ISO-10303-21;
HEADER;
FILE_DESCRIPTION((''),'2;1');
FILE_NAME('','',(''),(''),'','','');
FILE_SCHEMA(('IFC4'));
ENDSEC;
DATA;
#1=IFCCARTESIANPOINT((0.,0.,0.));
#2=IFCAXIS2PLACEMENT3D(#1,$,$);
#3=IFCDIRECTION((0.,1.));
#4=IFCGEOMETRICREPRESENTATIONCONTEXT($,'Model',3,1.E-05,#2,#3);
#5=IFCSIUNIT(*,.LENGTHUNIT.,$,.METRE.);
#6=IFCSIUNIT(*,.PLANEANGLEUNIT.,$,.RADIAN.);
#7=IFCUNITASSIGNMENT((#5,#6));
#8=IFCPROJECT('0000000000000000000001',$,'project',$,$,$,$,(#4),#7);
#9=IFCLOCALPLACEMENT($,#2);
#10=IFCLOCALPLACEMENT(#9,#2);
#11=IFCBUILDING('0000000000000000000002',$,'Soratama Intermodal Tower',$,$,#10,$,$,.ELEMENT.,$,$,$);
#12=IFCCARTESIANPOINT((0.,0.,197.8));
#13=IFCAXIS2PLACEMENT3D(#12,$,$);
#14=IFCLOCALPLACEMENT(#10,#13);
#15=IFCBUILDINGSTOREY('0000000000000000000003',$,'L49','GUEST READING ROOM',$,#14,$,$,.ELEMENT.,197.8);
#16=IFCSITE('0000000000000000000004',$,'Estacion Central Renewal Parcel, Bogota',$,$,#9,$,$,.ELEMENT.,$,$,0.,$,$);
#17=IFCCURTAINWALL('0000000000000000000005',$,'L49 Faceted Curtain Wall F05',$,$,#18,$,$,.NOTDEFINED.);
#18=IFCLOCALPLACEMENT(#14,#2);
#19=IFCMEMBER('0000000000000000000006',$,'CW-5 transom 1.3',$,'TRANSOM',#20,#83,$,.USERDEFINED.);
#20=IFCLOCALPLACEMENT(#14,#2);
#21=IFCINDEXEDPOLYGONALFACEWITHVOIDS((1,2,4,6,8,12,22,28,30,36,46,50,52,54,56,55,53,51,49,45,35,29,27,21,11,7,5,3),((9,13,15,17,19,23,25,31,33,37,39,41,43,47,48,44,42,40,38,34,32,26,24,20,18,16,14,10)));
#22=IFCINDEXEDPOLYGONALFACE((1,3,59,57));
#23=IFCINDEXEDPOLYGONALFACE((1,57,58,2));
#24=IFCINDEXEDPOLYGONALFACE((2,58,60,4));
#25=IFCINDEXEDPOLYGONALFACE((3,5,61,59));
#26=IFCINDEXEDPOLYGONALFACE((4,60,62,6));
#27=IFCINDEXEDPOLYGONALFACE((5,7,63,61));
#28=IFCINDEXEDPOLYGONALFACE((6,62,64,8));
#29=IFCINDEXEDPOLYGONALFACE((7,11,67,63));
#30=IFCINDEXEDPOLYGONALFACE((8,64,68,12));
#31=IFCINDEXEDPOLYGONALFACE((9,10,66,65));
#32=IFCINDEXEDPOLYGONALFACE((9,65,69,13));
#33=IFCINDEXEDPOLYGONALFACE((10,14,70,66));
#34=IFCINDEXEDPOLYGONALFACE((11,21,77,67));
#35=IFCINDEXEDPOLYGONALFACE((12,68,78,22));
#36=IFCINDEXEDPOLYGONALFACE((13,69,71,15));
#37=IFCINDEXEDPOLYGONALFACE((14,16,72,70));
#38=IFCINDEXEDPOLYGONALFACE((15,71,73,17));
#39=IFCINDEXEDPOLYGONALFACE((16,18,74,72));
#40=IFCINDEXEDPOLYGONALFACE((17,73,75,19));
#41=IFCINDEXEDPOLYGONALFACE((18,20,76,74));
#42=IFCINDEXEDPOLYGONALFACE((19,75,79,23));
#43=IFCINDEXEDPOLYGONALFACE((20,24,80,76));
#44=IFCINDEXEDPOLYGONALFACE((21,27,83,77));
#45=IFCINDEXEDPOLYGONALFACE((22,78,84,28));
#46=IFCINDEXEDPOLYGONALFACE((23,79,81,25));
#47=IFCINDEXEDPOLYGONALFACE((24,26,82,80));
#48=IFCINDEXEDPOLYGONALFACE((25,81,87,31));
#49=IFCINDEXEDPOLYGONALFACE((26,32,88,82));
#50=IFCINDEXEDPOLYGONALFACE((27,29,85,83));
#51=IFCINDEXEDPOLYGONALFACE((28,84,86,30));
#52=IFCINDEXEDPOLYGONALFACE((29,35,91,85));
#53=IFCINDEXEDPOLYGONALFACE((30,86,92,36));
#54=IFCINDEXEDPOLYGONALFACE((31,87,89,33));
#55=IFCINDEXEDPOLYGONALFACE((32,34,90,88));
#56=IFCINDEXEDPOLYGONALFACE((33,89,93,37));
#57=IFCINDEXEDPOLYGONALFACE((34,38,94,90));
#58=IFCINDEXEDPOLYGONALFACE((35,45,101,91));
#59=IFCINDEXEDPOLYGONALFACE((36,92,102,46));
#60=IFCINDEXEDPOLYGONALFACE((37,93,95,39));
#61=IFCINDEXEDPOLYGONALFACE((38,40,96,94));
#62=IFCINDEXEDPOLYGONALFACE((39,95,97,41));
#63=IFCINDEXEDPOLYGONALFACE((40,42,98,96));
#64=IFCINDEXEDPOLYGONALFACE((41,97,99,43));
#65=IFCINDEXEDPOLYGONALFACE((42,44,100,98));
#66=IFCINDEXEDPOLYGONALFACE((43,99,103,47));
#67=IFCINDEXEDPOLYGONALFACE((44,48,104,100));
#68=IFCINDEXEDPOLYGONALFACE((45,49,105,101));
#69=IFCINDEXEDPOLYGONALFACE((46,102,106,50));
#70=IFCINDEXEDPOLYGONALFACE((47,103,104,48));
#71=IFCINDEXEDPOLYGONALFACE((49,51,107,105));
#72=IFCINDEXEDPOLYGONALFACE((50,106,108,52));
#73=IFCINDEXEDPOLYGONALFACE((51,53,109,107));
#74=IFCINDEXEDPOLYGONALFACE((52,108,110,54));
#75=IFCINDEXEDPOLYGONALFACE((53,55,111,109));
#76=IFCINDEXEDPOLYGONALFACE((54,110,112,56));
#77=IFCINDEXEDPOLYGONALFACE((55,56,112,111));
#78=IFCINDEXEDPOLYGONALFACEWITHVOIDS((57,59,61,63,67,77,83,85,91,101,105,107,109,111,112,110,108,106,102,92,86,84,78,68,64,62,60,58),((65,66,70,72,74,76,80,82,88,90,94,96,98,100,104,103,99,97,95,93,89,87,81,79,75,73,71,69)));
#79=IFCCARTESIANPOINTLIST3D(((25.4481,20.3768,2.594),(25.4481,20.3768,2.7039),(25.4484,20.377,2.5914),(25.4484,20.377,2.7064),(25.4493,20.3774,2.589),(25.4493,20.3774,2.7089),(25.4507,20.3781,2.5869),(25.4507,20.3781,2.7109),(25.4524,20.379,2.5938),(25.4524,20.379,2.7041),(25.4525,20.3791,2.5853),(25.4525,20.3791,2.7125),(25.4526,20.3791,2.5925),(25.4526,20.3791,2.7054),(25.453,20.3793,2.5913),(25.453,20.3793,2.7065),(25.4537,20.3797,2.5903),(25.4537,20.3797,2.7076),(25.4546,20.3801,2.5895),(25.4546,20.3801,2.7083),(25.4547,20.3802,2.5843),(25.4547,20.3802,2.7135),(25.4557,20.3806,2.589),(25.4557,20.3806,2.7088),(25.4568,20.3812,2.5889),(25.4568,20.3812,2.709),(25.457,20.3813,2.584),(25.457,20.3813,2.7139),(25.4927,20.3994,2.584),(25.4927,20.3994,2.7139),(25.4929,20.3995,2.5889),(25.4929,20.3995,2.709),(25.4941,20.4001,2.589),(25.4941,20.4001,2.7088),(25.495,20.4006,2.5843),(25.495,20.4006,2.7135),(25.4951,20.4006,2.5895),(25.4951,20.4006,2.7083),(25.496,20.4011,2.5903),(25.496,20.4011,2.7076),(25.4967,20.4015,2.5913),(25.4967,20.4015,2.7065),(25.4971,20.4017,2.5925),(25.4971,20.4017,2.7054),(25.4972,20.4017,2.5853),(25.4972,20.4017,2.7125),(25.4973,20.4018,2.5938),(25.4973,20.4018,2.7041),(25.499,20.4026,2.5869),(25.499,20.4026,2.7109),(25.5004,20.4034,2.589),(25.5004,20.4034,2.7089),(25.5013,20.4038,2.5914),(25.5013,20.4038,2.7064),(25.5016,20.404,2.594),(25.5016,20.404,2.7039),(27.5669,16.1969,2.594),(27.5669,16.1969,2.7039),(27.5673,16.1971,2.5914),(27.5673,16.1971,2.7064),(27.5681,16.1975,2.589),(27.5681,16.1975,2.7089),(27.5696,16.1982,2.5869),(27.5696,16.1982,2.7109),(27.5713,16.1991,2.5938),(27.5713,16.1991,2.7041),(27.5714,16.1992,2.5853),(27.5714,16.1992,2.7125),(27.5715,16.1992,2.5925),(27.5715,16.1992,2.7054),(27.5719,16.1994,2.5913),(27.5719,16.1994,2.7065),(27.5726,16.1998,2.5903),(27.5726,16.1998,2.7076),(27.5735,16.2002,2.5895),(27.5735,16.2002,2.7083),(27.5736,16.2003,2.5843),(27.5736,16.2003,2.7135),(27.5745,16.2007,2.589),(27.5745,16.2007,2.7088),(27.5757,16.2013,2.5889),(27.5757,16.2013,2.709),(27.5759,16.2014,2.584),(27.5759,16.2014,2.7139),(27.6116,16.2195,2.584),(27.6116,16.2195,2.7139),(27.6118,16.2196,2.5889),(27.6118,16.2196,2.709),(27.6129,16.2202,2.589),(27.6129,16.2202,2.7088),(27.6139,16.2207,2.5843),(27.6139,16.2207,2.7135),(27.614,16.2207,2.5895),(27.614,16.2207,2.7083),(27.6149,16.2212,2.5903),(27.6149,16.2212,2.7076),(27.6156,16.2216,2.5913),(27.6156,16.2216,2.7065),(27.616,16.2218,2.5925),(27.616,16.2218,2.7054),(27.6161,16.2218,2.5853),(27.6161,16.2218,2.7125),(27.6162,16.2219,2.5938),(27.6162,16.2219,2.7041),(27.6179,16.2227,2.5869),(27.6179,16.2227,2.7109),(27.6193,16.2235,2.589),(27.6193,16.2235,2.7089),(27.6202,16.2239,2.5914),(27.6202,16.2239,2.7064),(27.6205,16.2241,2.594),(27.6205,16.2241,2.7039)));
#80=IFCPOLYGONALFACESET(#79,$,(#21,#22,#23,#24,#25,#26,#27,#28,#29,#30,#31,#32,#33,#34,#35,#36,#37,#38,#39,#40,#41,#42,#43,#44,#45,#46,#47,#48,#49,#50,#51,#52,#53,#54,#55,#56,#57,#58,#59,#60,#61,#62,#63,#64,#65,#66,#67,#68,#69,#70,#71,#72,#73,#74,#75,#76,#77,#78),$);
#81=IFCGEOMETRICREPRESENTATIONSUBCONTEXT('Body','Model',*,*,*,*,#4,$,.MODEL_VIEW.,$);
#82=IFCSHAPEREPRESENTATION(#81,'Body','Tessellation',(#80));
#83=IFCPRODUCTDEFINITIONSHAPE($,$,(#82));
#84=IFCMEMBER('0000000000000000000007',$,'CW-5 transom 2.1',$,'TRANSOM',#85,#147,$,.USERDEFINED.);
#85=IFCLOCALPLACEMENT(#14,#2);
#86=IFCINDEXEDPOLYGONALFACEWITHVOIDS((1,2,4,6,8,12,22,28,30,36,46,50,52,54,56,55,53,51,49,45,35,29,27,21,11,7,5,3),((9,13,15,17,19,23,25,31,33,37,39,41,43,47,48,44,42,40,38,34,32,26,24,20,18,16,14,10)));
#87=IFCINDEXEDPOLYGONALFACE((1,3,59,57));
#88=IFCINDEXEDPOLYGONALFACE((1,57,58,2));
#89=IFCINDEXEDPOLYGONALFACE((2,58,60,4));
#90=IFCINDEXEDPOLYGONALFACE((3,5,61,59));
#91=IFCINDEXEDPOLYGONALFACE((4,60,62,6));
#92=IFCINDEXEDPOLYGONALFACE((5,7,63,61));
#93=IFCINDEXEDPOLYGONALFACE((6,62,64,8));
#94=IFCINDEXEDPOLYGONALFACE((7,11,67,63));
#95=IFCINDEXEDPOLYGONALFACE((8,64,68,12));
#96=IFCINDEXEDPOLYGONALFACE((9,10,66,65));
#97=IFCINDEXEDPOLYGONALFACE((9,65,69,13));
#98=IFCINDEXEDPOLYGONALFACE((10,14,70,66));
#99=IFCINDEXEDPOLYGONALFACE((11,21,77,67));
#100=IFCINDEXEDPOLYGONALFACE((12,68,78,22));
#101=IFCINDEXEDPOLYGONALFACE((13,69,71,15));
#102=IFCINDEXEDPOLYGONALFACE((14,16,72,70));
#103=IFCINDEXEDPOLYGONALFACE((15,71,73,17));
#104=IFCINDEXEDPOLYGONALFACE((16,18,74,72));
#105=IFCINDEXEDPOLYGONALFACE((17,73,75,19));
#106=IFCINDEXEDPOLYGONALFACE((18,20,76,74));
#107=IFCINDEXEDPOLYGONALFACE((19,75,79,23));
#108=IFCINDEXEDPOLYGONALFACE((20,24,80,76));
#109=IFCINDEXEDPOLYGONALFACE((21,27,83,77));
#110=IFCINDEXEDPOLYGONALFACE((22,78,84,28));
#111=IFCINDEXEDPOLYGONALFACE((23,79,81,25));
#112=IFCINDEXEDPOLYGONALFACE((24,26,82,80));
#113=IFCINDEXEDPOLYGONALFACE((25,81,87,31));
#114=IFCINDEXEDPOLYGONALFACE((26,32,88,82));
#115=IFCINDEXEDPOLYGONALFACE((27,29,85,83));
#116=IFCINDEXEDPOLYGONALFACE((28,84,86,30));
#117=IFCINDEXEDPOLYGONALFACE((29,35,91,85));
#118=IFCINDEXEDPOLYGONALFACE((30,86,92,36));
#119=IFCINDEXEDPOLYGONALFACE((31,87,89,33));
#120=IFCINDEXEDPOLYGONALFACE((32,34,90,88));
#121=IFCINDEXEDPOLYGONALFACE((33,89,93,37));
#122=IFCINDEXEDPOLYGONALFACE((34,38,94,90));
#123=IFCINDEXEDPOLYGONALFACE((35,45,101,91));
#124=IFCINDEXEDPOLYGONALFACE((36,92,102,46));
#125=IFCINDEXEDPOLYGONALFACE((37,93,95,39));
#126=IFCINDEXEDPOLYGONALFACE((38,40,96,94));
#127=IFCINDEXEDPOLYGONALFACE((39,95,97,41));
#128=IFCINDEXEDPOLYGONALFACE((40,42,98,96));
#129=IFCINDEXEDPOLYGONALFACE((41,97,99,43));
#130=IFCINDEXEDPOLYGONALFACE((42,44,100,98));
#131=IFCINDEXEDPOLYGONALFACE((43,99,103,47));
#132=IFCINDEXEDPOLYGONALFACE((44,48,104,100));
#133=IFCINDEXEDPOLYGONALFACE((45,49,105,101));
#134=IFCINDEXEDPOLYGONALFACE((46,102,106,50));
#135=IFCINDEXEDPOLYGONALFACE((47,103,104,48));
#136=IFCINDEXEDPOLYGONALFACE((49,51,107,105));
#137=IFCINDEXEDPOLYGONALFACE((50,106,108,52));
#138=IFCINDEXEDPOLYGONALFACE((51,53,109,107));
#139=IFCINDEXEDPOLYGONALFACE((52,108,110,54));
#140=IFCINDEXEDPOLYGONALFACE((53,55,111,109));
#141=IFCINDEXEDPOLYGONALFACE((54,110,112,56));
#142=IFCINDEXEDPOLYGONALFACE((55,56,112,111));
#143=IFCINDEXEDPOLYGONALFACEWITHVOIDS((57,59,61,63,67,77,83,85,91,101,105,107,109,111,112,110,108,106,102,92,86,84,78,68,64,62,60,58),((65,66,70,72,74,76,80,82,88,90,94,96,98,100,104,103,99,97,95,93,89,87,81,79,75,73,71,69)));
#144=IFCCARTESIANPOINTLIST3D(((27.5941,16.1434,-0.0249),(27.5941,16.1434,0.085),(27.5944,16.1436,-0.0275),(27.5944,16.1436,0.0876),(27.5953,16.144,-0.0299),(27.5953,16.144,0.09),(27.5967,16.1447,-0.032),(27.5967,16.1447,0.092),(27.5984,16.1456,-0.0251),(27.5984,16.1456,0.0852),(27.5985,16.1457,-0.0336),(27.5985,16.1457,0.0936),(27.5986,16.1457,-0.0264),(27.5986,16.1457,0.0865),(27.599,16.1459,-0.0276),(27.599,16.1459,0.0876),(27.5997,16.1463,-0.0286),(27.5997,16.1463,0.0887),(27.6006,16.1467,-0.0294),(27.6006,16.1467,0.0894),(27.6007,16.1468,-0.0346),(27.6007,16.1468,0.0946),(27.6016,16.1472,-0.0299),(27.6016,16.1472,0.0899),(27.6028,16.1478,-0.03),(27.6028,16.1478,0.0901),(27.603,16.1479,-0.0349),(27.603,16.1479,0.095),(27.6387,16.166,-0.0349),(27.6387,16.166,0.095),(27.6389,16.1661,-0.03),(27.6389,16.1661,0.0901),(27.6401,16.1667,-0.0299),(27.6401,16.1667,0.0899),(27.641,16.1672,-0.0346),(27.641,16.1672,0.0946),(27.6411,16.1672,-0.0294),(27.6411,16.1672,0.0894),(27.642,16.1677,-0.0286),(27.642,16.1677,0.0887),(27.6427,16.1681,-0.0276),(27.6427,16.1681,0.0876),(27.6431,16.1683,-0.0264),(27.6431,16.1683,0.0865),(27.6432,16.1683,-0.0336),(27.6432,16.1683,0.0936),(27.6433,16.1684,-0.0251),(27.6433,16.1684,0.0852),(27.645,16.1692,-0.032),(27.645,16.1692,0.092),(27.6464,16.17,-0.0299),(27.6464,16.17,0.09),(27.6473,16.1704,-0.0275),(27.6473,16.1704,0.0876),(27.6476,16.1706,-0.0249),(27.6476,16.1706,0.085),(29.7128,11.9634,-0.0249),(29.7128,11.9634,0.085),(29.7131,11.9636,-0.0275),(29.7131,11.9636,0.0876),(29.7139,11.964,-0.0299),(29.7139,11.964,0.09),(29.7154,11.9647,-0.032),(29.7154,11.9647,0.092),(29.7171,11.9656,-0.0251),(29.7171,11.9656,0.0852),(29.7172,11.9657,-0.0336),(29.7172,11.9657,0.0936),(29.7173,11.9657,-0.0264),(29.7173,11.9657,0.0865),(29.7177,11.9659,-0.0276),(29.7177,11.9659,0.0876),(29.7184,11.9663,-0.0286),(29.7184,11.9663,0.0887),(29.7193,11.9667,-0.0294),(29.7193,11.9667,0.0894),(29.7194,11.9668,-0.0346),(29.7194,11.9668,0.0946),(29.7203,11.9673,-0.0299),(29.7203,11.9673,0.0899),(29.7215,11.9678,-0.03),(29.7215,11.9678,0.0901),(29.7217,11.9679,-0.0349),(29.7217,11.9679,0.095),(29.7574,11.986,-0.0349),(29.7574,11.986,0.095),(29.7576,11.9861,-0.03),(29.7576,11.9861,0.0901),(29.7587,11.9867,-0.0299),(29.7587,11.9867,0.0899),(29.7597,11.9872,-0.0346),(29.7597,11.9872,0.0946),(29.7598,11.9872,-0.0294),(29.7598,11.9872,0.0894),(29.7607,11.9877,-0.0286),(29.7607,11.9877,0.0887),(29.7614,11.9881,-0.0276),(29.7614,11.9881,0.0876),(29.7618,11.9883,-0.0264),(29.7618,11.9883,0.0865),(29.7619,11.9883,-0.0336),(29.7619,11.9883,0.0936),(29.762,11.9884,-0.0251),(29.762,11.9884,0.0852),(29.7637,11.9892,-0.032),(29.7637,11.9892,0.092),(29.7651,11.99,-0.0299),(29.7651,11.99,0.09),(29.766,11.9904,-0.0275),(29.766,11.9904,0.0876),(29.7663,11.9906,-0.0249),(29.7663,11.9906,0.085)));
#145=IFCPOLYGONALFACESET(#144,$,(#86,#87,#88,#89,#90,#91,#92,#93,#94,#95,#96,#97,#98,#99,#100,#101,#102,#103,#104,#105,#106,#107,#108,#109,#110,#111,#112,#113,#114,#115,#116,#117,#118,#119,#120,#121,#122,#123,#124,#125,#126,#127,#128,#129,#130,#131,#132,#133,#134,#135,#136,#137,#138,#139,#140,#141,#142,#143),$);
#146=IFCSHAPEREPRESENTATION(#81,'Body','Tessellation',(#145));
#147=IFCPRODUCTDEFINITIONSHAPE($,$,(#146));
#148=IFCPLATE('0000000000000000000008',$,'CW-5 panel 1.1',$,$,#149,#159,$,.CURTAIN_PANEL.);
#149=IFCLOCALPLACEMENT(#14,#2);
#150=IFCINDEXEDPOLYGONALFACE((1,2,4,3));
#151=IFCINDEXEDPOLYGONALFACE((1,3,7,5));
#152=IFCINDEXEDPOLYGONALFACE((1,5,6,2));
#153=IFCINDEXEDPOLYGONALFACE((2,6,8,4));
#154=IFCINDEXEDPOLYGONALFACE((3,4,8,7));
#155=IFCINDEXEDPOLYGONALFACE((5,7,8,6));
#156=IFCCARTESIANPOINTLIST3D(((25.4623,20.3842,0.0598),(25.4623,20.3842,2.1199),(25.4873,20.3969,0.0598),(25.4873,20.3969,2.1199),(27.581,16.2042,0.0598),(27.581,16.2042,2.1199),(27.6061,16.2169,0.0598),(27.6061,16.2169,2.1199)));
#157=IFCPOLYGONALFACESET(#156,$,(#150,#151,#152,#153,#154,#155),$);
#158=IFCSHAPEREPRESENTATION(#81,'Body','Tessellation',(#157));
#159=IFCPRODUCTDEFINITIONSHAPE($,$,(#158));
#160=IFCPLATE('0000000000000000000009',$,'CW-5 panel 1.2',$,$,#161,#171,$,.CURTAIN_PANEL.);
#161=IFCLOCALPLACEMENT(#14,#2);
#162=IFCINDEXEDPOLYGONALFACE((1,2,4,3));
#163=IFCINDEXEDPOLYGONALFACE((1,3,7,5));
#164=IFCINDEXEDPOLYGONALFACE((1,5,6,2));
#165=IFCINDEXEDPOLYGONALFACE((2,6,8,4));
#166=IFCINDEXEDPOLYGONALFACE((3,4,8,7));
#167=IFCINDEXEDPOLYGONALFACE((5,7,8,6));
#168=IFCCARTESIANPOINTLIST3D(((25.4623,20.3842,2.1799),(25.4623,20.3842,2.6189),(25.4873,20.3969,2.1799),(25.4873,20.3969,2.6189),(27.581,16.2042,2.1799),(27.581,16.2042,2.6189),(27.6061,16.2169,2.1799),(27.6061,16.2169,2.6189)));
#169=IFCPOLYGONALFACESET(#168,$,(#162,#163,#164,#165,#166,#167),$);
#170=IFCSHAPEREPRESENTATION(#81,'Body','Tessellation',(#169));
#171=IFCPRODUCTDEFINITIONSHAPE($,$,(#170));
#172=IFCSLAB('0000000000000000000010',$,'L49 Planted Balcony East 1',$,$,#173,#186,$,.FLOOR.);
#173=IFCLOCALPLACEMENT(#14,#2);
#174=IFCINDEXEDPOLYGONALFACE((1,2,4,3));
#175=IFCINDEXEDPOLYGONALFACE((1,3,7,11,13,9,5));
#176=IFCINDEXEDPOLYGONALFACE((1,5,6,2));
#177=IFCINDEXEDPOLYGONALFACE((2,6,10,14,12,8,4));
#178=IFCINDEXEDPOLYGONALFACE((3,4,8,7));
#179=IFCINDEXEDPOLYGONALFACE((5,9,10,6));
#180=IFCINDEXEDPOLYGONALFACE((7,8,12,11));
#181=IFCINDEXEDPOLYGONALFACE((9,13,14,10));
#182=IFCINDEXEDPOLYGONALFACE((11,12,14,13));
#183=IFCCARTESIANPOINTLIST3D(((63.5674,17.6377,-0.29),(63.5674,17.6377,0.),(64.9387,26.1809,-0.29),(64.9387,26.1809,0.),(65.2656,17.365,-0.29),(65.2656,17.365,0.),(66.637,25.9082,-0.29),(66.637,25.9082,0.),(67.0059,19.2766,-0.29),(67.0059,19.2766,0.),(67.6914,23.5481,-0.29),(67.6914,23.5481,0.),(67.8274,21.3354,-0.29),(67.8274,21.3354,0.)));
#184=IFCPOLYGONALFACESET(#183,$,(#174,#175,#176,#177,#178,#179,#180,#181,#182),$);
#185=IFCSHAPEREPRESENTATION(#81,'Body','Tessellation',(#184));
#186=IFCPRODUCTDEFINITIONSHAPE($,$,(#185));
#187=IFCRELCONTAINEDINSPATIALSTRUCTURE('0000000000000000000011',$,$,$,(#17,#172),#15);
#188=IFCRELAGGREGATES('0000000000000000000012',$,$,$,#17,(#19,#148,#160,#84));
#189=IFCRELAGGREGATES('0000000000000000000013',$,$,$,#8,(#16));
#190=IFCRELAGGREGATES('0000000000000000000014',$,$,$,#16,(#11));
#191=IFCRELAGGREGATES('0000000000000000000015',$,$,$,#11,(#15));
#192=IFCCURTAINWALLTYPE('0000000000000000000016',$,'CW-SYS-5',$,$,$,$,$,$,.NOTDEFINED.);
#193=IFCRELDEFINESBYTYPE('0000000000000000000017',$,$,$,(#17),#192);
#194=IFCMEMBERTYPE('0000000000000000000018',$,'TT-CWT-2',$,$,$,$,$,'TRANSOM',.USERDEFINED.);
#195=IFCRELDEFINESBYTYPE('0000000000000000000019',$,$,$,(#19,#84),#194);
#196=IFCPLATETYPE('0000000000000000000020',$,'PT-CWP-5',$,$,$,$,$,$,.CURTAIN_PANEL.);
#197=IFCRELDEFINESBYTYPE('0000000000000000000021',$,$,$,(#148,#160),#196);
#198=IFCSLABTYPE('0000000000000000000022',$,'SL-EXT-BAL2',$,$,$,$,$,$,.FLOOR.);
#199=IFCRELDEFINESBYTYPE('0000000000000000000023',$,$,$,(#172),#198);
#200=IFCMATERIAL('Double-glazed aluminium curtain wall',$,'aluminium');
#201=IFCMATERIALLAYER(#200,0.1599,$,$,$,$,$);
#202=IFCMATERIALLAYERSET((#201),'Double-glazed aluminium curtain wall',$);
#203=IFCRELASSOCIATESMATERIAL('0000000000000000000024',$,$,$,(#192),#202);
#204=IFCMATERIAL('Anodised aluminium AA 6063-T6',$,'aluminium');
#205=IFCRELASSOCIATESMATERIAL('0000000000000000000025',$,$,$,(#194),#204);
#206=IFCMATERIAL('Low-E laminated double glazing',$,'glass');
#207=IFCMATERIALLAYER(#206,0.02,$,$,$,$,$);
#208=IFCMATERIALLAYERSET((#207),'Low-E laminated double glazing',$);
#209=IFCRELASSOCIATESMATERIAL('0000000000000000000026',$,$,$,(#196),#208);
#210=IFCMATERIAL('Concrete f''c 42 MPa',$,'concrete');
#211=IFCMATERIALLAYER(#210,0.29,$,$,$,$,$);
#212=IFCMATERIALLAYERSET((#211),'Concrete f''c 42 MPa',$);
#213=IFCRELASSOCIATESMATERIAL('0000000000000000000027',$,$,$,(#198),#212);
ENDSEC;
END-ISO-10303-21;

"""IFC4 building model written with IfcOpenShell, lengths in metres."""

from ifc_helpers import new_model, si_unit, direction, frame, origin, origin_2d, place, context, subcontext, project, spatial, polyline, rectangle, hollow_rectangle, outline, extrude, material, layer, layer_set, material_profile, profile_set, type_object, element, aggregate, save


model = new_model("IFC4")

# Units and contexts
model_context = context("Model", 3, precision=1e-05, world=origin(), true_north=direction((0.0, 1.0)))
body_context = subcontext(model_context, "Body", "Model", "MODEL_VIEW")
ifc_project = project(units=[si_unit("LENGTHUNIT", "METRE"), si_unit("PLANEANGLEUNIT", "RADIAN")], contexts=[model_context])

# Site, building, storey
site_placement = place(None, origin())
site = spatial("IfcSite", under=ifc_project, at=site_placement, Name="Estacion Central Renewal Parcel, Bogota", CompositionType="ELEMENT", RefElevation=0.0)
building_placement = place(site_placement, origin())
building = spatial("IfcBuilding", under=site, at=building_placement, Name="Soratama Intermodal Tower", CompositionType="ELEMENT")
storey_placement = place(building_placement, frame((0.0, 0.0, 197.8)))
storey = spatial("IfcBuildingStorey", under=building, at=storey_placement, Name="L49", Description="GUEST READING ROOM", CompositionType="ELEMENT", Elevation=197.8)

# Curtain wall, members, plates
ifc_material_1 = material(Name="Double-glazed aluminium curtain wall", Category="aluminium")
ifc_layer_1 = layer(ifc_material_1, 0.1599)
ifc_layer_set_1 = layer_set([ifc_layer_1], Name="Double-glazed aluminium curtain wall")
curtain_wall_type = type_object("IfcCurtainWallType", Name="CW-SYS-5", PredefinedType="NOTDEFINED", material=ifc_layer_set_1)
curtain_wall_placement = place(storey_placement, origin())
curtain_wall = element("IfcCurtainWall", 1, at=curtain_wall_placement, inside=storey, type_object=curtain_wall_type, Name="L49 Faceted Curtain Wall F05", PredefinedType="NOTDEFINED")
ifc_material_2 = material(Name="Anodised aluminium AA 6063-T6", Category="aluminium")
ifc_material_profile_1 = material_profile(ifc_material_2, hollow_rectangle(XDim=0.0601, YDim=0.1299, WallThickness=0.0049, InnerFilletRadius=0.0049, OuterFilletRadius=0.01, at=origin_2d()), Name="CWT130X60X5")
ifc_profile_set_1 = profile_set([ifc_material_profile_1], Name="Anodised aluminium AA 6063-T6")
member_type_1 = type_object("IfcMemberType", Name="TT-CWT-2", ElementType="TRANSOM", PredefinedType="USERDEFINED", material=ifc_profile_set_1)
member_1_placement = place(storey_placement, frame((25.4749, 20.3904, 2.6489), z_axis=(0.452146, -0.891944, 0.0), x_axis=(0.891944, 0.452146, 0.0)))
member_1 = element("IfcMember", 2, at=member_1_placement, type_object=member_type_1, Name="CW-5 transom 1.3", ObjectType="TRANSOM", PredefinedType="USERDEFINED", context=body_context, shape_type="SweptSolid", body=[
    extrude(hollow_rectangle(XDim=0.0601, YDim=0.1299, WallThickness=0.0049, InnerFilletRadius=0.0049, OuterFilletRadius=0.01, at=origin_2d()), origin(), (0.0, 0.0, 1.0), 4.6863),
])
member_2_placement = place(storey_placement, frame((27.6208, 16.157, 0.03), z_axis=(0.452104, -0.891965, 0.0), x_axis=(0.891965, 0.452104, 0.0)))
member_2 = element("IfcMember", 3, at=member_2_placement, type_object=member_type_1, Name="CW-5 transom 2.1", ObjectType="TRANSOM", PredefinedType="USERDEFINED", context=body_context, shape_type="SweptSolid", body=[
    extrude(hollow_rectangle(XDim=0.0601, YDim=0.1299, WallThickness=0.0049, InnerFilletRadius=0.0049, OuterFilletRadius=0.01, at=origin_2d()), origin(), (0.0, 0.0, 1.0), 4.6863),
])
ifc_material_3 = material(Name="Low-E laminated double glazing", Category="glass")
ifc_layer_2 = layer(ifc_material_3, 0.02)
ifc_layer_set_2 = layer_set([ifc_layer_2], Name="Low-E laminated double glazing")
plate_type = type_object("IfcPlateType", Name="PT-CWP-5", PredefinedType="CURTAIN_PANEL", material=ifc_layer_set_2)
plate_1_placement = place(storey_placement, frame((26.5342, 18.3005, 0.0598), z_axis=(0.0, 0.0, 1.0), x_axis=(0.452119, -0.891958, 0.0)))
plate_1 = element("IfcPlate", 4, at=plate_1_placement, type_object=plate_type, Name="CW-5 panel 1.1", PredefinedType="CURTAIN_PANEL", context=body_context, shape_type="SweptSolid", body=[
    extrude(rectangle(XDim=4.6863, YDim=0.0281, at=origin_2d()), origin(), (0.0, 0.0, 1.0), 2.0601),
])
plate_2_placement = place(storey_placement, frame((26.5342, 18.3005, 2.1799), z_axis=(0.0, 0.0, 1.0), x_axis=(0.452119, -0.891958, 0.0)))
plate_2 = element("IfcPlate", 5, at=plate_2_placement, type_object=plate_type, Name="CW-5 panel 1.2", PredefinedType="CURTAIN_PANEL", context=body_context, shape_type="SweptSolid", body=[
    extrude(rectangle(XDim=4.6863, YDim=0.0281, at=origin_2d()), origin(), (0.0, 0.0, 1.0), 0.439),
])
aggregate(curtain_wall, [member_1, plate_1, plate_2, member_2])

# Slab
ifc_material_4 = material(Name="Concrete f'c 42 MPa", Category="concrete")
ifc_layer_3 = layer(ifc_material_4, 0.29)
ifc_layer_set_3 = layer_set([ifc_layer_3], Name="Concrete f'c 42 MPa")
slab_type_1 = type_object("IfcSlabType", Name="SL-EXT-BAL2", PredefinedType="FLOOR", material=ifc_layer_set_3)
slab_1_placement = place(storey_placement, frame((0.0, 0.0, -0.29)))
element("IfcSlab", 6, at=slab_1_placement, inside=storey, type_object=slab_type_1, Name="L49 Planted Balcony East 1", PredefinedType="FLOOR", context=body_context, shape_type="SweptSolid", body=[
    extrude(outline(polyline([(63.5674, 17.6377), (64.9387, 26.1809), (66.637, 25.9082), (67.6914, 23.5481), (67.8274, 21.3354), (67.0059, 19.2766), (65.2656, 17.365), (63.5674, 17.6377)])), origin(), (0.0, 0.0, 1.0), 0.29),
])

save(model, "model.ifc")
